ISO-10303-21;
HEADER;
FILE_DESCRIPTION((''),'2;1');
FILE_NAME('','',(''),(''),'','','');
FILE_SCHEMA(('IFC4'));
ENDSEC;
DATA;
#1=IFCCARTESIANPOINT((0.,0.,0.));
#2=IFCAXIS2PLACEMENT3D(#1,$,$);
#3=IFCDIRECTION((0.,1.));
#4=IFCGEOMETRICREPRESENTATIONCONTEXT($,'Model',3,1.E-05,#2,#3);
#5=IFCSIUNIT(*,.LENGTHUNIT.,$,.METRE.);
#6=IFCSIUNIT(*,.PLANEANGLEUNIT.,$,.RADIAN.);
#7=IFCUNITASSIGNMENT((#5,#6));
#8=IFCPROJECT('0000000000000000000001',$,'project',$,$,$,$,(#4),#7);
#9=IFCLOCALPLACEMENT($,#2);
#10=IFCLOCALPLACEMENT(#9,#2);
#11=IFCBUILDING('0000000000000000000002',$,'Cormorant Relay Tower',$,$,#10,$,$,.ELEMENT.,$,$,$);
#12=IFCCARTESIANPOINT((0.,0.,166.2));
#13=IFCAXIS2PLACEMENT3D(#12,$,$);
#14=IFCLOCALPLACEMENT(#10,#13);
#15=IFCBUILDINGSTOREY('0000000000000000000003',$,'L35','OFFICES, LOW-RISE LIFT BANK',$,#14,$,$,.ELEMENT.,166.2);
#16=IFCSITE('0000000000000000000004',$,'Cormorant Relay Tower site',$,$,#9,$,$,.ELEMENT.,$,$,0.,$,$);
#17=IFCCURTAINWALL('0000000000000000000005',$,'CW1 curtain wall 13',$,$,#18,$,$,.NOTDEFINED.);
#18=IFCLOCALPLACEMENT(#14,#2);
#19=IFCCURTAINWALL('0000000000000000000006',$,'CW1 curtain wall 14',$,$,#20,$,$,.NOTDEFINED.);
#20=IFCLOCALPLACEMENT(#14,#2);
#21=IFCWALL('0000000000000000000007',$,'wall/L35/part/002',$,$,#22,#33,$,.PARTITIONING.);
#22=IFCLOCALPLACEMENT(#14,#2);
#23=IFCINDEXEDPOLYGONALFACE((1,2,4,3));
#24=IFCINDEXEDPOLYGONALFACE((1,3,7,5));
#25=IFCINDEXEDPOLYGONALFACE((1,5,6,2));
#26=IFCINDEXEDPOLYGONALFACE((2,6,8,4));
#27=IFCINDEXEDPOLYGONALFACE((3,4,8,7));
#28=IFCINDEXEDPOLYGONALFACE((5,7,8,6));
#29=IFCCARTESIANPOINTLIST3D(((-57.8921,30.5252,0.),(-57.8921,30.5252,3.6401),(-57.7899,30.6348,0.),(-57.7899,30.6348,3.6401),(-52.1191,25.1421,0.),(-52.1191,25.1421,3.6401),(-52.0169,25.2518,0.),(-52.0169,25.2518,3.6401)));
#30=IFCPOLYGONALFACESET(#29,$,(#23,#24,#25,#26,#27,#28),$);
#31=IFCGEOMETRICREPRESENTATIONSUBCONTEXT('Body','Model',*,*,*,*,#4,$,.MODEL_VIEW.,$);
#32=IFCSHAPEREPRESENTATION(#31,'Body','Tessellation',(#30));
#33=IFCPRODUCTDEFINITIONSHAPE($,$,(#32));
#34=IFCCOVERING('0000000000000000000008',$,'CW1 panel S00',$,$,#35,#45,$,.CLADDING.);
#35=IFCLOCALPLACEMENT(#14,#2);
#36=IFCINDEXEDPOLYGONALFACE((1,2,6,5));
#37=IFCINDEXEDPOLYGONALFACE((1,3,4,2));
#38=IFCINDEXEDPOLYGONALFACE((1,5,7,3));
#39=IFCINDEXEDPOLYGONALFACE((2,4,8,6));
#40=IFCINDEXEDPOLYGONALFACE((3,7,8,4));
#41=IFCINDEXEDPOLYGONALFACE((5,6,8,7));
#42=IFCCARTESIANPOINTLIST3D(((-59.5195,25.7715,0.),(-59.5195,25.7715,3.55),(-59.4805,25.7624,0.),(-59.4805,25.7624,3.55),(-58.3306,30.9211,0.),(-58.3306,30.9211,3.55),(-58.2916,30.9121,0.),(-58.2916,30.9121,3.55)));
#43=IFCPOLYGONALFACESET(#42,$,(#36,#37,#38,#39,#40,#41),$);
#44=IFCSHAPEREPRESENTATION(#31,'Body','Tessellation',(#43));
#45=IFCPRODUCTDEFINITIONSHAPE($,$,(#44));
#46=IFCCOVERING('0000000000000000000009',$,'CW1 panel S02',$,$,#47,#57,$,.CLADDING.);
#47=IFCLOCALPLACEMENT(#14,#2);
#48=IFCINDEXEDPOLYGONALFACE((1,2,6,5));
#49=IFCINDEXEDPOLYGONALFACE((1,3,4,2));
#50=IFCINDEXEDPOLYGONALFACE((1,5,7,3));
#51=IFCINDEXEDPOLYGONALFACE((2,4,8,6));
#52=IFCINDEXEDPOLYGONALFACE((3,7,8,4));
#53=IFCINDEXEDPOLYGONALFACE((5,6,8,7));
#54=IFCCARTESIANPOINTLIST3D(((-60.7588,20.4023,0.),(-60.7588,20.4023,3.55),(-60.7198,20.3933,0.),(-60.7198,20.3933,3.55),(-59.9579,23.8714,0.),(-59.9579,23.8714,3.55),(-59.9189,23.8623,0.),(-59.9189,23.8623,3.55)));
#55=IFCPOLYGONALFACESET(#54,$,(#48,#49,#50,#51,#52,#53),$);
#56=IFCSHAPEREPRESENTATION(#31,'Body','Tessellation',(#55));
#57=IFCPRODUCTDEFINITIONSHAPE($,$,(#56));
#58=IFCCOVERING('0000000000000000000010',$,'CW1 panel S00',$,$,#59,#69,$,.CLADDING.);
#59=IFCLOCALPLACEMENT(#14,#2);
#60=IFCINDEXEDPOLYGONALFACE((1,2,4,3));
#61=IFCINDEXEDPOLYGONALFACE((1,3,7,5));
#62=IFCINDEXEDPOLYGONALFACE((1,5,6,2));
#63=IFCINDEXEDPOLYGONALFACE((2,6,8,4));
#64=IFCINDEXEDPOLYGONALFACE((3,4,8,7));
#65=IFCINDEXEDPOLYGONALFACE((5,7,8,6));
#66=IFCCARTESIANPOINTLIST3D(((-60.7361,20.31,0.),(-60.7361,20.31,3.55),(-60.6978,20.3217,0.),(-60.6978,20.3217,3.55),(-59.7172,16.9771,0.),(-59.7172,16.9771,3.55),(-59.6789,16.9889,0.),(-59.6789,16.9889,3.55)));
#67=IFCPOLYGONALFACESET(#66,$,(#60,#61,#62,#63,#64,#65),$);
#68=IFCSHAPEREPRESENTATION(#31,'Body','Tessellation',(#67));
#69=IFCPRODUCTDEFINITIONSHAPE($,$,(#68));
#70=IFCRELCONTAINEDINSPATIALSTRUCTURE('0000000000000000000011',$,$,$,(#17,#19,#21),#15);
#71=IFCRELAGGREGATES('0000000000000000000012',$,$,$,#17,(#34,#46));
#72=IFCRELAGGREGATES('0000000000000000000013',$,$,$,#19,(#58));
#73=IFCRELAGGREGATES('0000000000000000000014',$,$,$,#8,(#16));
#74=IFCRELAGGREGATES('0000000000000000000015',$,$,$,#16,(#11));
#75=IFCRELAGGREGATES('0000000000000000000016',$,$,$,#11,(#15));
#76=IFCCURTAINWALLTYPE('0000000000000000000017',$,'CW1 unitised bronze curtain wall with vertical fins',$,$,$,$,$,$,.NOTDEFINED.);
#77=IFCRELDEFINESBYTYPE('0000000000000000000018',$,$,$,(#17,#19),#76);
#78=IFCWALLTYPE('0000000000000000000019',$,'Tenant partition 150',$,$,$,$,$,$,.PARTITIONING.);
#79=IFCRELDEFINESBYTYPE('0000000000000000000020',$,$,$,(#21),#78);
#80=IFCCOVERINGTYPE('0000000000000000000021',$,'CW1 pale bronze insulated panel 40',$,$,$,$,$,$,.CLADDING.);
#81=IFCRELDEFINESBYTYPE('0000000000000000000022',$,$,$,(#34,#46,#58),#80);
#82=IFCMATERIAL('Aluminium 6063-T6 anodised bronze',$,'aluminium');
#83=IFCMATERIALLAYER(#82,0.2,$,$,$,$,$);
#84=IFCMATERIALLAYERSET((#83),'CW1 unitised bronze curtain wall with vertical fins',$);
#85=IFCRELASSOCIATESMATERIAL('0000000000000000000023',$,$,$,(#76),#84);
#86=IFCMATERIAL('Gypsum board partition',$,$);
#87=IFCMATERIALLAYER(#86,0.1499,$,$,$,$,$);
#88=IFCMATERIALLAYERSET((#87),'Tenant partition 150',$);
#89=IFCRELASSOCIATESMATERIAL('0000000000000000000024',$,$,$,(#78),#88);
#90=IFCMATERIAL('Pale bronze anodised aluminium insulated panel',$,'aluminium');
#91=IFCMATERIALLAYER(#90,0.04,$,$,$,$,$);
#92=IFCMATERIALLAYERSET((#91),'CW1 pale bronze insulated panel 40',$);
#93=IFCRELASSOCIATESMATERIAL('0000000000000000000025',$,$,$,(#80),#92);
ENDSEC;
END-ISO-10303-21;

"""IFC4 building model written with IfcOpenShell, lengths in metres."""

from ifc_helpers import new_model, si_unit, direction, frame, frame_2d, origin, origin_2d, place, context, subcontext, project, spatial, rectangle, extrude, material, layer, layer_set, type_object, element, aggregate, save


model = new_model("IFC4")

# Units and contexts
model_context = context("Model", 3, precision=1e-05, world=origin(), true_north=direction((0.0, 1.0)))
body_context = subcontext(model_context, "Body", "Model", "MODEL_VIEW")
ifc_project = project(units=[si_unit("LENGTHUNIT", "METRE"), si_unit("PLANEANGLEUNIT", "RADIAN")], contexts=[model_context])

# Site, building, storey
site_placement = place(None, origin())
site = spatial("IfcSite", under=ifc_project, at=site_placement, Name="Cormorant Relay Tower site", CompositionType="ELEMENT", RefElevation=0.0)
building_placement = place(site_placement, origin())
building = spatial("IfcBuilding", under=site, at=building_placement, Name="Cormorant Relay Tower", CompositionType="ELEMENT")
storey_placement = place(building_placement, frame((0.0, 0.0, 166.2)))
storey = spatial("IfcBuildingStorey", under=building, at=storey_placement, Name="L35", Description="OFFICES, LOW-RISE LIFT BANK", CompositionType="ELEMENT", Elevation=166.2)

# Curtain wall
ifc_material_1 = material(Name="Aluminium 6063-T6 anodised bronze", Category="aluminium")
ifc_layer_1 = layer(ifc_material_1, 0.2)
ifc_layer_set_1 = layer_set([ifc_layer_1], Name="CW1 unitised bronze curtain wall with vertical fins")
curtain_wall_type = type_object("IfcCurtainWallType", Name="CW1 unitised bronze curtain wall with vertical fins", PredefinedType="NOTDEFINED", material=ifc_layer_set_1)
curtain_wall_1_placement = place(storey_placement, origin())
curtain_wall_1 = element("IfcCurtainWall", 1, at=curtain_wall_1_placement, inside=storey, type_object=curtain_wall_type, Name="CW1 curtain wall 13", PredefinedType="NOTDEFINED")

# Curtain wall
curtain_wall_2_placement = place(storey_placement, origin())
curtain_wall_2 = element("IfcCurtainWall", 2, at=curtain_wall_2_placement, inside=storey, type_object=curtain_wall_type, Name="CW1 curtain wall 14", PredefinedType="NOTDEFINED")

# Wall
ifc_material_2 = material(Name="Gypsum board partition")
ifc_layer_2 = layer(ifc_material_2, 0.1499)
ifc_layer_set_2 = layer_set([ifc_layer_2], Name="Tenant partition 150")
wall_type_1 = type_object("IfcWallType", Name="Tenant partition 150", PredefinedType="PARTITIONING", material=ifc_layer_set_2)
wall_1_placement = place(storey_placement, frame((-57.8411, 30.5801, 0.0), z_axis=(0.0, 0.0, 1.0), x_axis=(0.731373, -0.681978, 0.0)))
element("IfcWall", 3, at=wall_1_placement, inside=storey, type_object=wall_type_1, Name="wall/L35/part/002", PredefinedType="PARTITIONING", context=body_context, shape_type="SweptSolid", body=[
    extrude(rectangle(XDim=7.8933, YDim=0.1499, at=frame_2d((3.9468, 0.0))), origin(), (0.0, 0.0, 1.0), 3.6401),
])

# Coverings
ifc_material_3 = material(Name="Pale bronze anodised aluminium insulated panel", Category="aluminium")
ifc_layer_3 = layer(ifc_material_3, 0.04)
ifc_layer_set_3 = layer_set([ifc_layer_3], Name="CW1 pale bronze insulated panel 40")
covering_type = type_object("IfcCoveringType", Name="CW1 pale bronze insulated panel 40", PredefinedType="CLADDING", material=ifc_layer_set_3)
covering_1_placement = place(storey_placement, frame((-58.9055, 28.3418, 0.0), z_axis=(0.0, 0.0, 1.0), x_axis=(-0.224951, -0.97437, 0.0)))
covering_1 = element("IfcCovering", 4, at=covering_1_placement, type_object=covering_type, Name="CW1 panel S00", PredefinedType="CLADDING", context=body_context, shape_type="SweptSolid", body=[
    extrude(rectangle(XDim=5.2852, YDim=0.04, at=origin_2d()), origin(), (0.0, 0.0, 1.0), 3.55),
])
covering_2_placement = place(storey_placement, frame((-60.3389, 22.1323, 0.0), z_axis=(0.0, 0.0, 1.0), x_axis=(-0.224951, -0.97437, 0.0)))
covering_2 = element("IfcCovering", 5, at=covering_2_placement, type_object=covering_type, Name="CW1 panel S02", PredefinedType="CLADDING", context=body_context, shape_type="SweptSolid", body=[
    extrude(rectangle(XDim=3.5603, YDim=0.04, at=origin_2d()), origin(), (0.0, 0.0, 1.0), 3.55),
])
aggregate(curtain_wall_1, [covering_1, covering_2])
covering_3_placement = place(storey_placement, frame((-60.2075, 18.6494, 0.0), z_axis=(0.0, 0.0, 1.0), x_axis=(0.292372, -0.956305, 0.0)))
covering_3 = element("IfcCovering", 6, at=covering_3_placement, type_object=covering_type, Name="CW1 panel S00", PredefinedType="CLADDING", context=body_context, shape_type="SweptSolid", body=[
    extrude(rectangle(XDim=3.4851, YDim=0.04, at=origin_2d()), origin(), (0.0, 0.0, 1.0), 3.55),
])
aggregate(curtain_wall_2, [covering_3])

save(model, "model.ifc")
